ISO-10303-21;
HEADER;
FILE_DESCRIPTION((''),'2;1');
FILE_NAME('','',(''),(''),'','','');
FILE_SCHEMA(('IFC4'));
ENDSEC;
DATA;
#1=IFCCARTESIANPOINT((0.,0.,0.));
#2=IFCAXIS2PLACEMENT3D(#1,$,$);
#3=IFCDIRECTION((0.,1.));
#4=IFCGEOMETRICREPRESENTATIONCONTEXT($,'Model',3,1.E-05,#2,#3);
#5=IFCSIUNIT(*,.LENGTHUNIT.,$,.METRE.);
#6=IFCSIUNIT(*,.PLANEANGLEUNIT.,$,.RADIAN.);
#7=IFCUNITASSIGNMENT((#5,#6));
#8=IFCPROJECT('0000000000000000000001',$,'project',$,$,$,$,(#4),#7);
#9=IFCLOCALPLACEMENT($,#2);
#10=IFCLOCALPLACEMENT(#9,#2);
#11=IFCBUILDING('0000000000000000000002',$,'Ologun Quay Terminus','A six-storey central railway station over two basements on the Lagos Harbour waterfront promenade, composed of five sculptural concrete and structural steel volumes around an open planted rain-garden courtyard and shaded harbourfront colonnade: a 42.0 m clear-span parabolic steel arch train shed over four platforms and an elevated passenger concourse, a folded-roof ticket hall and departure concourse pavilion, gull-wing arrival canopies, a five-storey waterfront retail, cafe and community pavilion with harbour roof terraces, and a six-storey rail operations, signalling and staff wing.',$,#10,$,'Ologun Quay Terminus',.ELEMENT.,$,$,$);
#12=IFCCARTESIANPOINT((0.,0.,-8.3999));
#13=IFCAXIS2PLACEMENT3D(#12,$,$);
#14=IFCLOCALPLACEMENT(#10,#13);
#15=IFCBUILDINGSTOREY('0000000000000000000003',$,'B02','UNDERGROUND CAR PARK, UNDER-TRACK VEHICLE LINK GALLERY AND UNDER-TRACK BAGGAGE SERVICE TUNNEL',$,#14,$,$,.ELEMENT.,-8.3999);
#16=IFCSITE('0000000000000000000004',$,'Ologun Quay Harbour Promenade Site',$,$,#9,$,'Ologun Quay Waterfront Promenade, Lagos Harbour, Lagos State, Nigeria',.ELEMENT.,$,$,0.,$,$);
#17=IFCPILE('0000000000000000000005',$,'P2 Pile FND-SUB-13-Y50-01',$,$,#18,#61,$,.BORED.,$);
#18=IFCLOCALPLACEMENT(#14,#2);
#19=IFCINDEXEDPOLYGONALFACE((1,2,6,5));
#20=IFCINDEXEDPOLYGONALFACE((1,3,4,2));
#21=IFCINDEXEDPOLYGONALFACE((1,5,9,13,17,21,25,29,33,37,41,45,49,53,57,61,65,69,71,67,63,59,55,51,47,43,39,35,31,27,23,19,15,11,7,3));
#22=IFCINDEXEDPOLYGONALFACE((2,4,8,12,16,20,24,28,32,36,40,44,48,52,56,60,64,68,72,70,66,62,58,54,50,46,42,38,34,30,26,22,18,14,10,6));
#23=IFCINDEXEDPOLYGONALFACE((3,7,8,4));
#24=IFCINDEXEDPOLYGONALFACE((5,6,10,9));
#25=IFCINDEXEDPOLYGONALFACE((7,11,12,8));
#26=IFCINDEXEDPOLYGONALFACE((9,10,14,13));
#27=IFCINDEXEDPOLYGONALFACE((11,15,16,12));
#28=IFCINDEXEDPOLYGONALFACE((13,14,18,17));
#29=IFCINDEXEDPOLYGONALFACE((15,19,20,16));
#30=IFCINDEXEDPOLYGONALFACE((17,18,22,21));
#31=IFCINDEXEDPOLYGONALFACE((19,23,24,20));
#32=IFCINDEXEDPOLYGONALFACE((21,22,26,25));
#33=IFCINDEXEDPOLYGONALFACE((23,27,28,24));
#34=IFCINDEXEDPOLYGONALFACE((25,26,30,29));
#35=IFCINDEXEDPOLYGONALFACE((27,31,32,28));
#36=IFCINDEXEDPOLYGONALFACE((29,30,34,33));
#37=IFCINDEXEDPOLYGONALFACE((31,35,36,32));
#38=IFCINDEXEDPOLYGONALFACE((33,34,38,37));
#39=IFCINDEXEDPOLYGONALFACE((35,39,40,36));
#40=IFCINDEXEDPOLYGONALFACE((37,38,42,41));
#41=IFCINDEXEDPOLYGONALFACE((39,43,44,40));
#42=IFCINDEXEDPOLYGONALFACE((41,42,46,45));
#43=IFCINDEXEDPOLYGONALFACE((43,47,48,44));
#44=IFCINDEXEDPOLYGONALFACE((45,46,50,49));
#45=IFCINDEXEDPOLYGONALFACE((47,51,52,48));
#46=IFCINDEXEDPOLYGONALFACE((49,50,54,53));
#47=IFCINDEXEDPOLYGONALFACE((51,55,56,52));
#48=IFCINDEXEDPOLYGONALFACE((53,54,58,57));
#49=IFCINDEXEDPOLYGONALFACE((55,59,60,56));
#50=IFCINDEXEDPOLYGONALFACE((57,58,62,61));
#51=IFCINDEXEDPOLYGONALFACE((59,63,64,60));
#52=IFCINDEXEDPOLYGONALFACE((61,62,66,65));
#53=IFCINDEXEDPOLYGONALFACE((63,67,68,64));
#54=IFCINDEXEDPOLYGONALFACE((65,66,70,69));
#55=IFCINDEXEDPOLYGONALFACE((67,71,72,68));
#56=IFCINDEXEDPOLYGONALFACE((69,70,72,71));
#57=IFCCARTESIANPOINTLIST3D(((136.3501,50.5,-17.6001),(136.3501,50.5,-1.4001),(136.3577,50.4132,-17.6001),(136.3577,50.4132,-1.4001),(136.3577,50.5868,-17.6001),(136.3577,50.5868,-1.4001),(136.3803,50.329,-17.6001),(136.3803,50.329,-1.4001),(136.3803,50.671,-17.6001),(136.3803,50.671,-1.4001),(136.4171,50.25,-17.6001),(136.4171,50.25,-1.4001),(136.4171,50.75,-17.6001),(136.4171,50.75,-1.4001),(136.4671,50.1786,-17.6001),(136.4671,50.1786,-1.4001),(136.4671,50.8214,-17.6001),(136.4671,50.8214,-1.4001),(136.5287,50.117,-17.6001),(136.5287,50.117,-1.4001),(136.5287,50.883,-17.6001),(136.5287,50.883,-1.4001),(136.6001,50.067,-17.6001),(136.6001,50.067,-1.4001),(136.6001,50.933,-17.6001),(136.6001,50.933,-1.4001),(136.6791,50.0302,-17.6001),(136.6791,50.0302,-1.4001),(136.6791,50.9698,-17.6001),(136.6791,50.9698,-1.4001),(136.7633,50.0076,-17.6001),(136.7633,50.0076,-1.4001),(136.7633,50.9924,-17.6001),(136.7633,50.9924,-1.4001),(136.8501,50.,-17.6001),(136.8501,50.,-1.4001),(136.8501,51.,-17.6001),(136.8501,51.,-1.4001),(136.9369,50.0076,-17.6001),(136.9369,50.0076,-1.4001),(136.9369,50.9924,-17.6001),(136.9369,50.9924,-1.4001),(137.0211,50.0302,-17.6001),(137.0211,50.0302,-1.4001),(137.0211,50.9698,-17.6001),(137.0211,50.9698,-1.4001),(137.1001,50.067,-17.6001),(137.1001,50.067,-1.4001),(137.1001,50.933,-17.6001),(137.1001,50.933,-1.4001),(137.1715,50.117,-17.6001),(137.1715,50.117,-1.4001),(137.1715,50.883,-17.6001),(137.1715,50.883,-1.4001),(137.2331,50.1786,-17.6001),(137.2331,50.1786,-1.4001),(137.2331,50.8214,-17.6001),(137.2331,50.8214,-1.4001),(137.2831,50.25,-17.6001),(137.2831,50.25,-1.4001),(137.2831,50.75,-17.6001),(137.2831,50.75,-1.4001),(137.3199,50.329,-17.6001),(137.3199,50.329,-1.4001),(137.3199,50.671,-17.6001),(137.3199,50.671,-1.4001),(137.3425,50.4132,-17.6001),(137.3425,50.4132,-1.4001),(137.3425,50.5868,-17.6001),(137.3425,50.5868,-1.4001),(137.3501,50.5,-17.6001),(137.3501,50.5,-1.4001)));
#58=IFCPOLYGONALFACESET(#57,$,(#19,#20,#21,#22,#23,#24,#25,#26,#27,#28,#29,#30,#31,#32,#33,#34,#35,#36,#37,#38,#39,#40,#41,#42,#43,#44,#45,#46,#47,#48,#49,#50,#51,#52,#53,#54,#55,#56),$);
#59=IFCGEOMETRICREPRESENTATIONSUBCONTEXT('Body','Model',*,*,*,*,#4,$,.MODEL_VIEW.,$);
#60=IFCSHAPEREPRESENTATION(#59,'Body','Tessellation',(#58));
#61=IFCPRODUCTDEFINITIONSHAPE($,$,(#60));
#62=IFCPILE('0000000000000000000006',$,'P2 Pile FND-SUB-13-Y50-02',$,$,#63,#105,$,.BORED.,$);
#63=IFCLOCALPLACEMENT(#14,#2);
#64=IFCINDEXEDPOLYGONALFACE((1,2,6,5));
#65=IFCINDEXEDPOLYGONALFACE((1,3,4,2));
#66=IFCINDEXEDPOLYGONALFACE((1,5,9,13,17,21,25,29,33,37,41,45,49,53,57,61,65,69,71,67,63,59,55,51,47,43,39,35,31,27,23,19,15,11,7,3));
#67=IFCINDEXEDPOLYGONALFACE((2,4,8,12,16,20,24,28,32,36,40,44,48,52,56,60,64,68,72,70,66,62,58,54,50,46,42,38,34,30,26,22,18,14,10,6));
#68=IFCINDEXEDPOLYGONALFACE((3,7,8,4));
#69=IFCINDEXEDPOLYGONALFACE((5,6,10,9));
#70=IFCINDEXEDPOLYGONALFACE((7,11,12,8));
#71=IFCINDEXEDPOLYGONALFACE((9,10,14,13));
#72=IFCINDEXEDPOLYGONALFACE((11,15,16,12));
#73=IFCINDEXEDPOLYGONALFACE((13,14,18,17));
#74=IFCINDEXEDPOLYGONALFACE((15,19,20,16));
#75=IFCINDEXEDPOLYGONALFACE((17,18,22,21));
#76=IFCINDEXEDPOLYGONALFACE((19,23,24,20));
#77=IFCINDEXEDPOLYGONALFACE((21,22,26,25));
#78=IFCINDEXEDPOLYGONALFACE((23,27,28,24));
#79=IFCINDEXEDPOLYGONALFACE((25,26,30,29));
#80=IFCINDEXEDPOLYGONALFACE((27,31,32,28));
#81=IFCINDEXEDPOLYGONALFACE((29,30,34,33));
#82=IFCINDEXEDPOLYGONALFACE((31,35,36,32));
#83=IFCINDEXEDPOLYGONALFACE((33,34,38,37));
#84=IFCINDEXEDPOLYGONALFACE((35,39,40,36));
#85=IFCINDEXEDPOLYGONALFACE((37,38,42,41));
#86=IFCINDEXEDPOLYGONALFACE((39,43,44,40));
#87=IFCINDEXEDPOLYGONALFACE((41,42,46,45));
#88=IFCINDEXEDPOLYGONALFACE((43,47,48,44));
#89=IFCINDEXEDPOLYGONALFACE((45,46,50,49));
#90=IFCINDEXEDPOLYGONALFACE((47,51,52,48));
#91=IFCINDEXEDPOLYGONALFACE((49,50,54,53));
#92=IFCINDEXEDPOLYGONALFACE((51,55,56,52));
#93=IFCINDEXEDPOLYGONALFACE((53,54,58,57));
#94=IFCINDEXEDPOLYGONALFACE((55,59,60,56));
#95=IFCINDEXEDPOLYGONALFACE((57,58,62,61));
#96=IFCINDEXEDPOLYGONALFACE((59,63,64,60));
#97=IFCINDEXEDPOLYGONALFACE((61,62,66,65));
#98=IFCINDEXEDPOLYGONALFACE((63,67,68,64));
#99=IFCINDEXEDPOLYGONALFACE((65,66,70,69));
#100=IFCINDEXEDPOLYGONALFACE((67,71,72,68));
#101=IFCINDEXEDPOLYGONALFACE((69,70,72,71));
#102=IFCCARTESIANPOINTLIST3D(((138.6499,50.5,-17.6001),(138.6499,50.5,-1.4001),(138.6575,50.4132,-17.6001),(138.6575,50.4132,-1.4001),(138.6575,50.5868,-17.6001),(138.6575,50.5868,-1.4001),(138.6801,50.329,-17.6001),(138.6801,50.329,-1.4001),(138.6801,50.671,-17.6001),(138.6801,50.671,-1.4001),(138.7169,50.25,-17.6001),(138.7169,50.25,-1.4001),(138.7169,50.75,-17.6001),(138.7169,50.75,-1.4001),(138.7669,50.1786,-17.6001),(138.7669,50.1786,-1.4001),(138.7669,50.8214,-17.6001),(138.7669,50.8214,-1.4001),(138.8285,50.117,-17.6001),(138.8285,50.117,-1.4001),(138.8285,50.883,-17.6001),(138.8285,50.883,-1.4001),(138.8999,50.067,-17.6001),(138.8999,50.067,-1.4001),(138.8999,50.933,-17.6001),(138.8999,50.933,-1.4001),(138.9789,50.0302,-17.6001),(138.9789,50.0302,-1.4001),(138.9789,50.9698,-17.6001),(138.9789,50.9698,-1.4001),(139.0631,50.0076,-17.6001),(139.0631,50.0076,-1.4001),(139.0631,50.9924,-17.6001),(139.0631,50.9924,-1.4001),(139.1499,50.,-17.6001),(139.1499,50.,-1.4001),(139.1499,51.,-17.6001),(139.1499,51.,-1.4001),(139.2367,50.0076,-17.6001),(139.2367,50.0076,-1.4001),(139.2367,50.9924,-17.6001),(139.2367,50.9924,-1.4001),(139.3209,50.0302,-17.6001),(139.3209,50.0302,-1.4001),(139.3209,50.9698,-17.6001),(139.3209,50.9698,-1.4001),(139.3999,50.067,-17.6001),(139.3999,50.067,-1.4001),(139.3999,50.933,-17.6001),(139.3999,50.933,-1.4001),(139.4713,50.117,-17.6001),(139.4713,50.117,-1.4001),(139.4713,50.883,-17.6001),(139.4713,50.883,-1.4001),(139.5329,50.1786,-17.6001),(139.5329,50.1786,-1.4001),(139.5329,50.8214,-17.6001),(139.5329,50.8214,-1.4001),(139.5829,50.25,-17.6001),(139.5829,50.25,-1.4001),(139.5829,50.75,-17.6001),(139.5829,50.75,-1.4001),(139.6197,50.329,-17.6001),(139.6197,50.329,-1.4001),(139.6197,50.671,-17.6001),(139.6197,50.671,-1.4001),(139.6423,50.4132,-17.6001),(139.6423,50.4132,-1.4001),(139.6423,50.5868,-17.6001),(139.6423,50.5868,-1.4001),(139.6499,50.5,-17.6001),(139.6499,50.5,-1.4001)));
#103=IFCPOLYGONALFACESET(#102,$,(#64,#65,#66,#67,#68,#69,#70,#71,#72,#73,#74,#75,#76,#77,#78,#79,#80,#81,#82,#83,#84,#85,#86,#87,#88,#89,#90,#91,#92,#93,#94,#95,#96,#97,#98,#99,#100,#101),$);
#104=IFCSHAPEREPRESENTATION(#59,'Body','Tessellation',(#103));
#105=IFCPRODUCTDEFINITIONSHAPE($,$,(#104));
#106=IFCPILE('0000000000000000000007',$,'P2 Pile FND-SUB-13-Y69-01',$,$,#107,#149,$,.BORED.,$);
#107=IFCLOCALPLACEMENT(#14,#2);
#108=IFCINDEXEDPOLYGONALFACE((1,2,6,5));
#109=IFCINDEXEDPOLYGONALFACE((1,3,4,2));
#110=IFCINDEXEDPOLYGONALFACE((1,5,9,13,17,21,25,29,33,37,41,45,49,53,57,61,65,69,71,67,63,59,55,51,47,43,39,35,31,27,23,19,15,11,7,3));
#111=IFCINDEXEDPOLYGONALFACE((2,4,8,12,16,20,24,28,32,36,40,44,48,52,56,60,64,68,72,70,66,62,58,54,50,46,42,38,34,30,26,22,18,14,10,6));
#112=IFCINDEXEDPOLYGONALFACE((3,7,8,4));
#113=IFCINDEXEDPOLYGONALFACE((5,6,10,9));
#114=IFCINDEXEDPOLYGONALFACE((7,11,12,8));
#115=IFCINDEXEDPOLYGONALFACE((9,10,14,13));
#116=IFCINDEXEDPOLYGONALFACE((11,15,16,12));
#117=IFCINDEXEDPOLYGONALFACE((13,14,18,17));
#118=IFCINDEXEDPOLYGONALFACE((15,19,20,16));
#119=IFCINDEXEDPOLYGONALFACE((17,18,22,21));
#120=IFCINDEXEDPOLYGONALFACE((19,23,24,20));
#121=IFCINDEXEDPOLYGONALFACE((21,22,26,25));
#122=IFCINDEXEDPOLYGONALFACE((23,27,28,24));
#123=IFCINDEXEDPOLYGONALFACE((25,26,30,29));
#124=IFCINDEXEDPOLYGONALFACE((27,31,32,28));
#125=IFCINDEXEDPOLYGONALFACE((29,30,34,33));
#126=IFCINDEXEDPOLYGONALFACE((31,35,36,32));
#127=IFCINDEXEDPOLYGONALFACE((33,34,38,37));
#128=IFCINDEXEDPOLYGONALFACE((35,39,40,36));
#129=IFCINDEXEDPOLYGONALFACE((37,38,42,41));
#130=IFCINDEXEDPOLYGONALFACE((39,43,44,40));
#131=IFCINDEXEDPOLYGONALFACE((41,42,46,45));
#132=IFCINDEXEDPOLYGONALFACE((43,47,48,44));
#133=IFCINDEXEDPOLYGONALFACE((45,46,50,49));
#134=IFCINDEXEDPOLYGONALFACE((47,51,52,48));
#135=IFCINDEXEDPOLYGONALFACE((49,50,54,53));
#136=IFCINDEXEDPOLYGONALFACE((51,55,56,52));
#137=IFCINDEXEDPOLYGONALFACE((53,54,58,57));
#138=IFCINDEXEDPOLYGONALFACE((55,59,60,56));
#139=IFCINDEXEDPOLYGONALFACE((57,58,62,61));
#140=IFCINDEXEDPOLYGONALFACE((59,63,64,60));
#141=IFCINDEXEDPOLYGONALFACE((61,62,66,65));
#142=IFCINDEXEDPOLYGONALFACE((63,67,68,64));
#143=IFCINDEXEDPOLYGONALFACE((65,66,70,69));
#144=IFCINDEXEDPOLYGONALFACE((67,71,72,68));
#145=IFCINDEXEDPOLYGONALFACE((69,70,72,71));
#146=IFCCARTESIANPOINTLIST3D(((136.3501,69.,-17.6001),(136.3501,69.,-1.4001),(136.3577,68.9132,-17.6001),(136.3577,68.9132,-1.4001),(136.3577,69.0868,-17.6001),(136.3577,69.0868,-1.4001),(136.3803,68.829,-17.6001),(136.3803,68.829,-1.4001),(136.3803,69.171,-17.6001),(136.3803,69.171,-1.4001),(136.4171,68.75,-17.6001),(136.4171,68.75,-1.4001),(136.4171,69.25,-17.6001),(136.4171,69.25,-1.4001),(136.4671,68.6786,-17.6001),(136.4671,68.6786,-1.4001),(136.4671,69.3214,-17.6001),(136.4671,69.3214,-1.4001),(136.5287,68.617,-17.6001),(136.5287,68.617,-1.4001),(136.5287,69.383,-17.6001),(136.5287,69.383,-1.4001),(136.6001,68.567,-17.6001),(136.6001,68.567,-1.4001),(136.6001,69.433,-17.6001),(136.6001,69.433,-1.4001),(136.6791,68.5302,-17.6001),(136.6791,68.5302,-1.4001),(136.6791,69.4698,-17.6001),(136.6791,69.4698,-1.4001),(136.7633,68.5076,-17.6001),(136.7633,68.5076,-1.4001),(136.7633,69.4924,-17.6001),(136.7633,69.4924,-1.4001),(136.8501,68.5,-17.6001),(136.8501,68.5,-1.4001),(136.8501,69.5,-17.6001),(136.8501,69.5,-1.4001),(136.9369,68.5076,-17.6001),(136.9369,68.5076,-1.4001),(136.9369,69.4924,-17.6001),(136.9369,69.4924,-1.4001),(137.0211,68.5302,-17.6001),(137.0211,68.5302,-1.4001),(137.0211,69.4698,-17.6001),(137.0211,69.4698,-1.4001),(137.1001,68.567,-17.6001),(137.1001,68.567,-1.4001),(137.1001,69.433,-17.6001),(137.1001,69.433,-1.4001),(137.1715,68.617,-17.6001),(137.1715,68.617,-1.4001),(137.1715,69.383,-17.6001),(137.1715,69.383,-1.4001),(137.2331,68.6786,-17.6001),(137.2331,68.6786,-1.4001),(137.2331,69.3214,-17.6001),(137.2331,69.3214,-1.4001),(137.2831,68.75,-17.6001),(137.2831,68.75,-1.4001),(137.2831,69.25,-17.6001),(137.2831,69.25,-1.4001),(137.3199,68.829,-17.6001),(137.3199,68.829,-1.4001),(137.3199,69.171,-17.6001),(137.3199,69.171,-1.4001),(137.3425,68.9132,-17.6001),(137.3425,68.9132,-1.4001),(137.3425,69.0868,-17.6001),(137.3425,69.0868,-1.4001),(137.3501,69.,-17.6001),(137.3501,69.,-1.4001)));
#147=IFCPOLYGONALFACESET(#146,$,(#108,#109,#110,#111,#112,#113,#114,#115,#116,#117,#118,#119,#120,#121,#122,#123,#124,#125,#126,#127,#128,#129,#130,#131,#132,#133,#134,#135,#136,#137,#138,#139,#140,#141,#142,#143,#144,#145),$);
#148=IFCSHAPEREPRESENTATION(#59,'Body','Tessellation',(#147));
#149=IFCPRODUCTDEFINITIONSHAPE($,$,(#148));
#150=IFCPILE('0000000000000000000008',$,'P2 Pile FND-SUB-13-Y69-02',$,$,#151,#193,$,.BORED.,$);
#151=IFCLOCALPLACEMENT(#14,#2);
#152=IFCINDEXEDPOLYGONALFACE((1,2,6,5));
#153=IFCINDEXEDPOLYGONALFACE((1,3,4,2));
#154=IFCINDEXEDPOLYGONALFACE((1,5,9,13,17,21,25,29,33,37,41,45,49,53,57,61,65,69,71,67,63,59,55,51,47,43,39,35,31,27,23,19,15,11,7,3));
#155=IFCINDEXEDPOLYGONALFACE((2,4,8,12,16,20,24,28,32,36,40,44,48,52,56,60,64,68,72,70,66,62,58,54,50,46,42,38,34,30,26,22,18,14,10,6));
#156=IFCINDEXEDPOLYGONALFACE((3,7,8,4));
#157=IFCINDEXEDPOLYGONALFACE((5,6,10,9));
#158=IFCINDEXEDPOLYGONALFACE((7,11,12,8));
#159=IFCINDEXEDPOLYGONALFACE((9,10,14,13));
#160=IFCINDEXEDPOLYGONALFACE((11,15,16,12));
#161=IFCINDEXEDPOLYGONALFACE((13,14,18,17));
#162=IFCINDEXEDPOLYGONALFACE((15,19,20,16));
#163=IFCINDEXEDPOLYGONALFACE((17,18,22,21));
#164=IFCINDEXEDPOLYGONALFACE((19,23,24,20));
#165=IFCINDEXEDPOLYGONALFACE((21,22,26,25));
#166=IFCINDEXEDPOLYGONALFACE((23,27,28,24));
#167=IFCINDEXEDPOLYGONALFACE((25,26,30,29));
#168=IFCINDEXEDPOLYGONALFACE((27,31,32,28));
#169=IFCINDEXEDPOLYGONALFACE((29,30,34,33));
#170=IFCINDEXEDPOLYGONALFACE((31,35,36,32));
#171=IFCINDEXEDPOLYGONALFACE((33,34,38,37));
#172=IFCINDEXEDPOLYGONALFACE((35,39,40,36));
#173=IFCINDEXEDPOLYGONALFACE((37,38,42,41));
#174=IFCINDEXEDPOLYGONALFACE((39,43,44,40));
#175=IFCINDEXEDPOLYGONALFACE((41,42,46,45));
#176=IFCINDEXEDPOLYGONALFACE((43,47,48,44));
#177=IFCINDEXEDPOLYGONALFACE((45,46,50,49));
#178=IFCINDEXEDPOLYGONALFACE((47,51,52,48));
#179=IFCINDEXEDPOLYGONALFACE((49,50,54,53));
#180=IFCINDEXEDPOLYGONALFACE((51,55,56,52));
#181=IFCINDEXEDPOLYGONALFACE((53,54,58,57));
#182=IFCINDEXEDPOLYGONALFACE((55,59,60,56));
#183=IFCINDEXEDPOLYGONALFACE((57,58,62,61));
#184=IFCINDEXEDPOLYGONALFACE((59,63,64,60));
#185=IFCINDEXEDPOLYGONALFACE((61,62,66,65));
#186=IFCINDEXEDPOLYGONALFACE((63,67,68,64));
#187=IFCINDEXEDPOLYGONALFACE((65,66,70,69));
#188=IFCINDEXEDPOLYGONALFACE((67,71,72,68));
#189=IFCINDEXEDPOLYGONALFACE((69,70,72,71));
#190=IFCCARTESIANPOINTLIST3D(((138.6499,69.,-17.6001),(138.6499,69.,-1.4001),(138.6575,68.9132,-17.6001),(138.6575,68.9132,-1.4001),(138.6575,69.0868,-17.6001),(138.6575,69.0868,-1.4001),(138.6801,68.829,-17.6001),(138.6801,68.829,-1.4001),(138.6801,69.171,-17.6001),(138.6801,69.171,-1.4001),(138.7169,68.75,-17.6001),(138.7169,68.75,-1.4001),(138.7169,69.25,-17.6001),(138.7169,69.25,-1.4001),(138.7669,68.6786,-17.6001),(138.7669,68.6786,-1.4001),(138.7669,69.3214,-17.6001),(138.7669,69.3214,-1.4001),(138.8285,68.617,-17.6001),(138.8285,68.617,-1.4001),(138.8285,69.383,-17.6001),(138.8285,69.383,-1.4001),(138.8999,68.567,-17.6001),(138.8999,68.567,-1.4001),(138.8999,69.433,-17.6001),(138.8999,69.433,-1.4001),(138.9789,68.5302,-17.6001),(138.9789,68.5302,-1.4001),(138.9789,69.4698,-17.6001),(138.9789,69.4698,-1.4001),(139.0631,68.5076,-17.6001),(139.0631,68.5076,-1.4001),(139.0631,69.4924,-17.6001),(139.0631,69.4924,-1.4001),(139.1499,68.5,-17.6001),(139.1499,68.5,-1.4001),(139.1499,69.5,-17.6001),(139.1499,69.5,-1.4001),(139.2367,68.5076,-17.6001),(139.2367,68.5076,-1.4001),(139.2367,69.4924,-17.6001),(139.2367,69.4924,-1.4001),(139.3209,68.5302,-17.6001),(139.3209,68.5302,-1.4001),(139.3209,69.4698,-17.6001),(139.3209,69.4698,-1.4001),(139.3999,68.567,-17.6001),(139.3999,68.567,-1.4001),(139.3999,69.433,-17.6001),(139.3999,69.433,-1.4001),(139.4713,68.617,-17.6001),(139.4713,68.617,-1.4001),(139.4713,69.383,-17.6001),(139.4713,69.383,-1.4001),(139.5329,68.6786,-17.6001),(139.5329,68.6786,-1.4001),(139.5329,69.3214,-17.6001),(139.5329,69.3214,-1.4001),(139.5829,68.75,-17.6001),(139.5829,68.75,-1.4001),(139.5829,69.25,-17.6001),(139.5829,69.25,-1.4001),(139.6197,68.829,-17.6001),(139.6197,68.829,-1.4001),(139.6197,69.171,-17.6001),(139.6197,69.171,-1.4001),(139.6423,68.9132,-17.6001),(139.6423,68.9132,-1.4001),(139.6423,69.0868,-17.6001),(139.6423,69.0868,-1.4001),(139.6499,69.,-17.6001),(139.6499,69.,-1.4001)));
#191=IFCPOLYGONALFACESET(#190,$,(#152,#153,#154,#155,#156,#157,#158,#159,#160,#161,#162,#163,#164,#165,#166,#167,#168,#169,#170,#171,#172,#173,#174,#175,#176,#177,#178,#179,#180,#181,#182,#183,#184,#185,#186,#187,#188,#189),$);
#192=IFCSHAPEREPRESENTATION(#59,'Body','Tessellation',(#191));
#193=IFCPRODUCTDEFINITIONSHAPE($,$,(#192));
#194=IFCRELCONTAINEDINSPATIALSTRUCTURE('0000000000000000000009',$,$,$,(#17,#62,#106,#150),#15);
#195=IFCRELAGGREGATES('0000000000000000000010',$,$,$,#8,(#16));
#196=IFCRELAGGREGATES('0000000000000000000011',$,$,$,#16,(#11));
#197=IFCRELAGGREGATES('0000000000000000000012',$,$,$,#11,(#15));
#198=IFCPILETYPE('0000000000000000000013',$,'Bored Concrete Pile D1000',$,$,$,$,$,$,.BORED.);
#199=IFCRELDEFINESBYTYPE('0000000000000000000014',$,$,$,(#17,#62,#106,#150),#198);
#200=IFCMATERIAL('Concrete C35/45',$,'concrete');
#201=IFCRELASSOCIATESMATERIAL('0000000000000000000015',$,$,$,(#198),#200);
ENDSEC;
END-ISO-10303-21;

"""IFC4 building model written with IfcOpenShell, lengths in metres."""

from ifc_helpers import new_model, si_unit, direction, frame, origin, origin_2d, place, context, subcontext, project, spatial, circle, extrude, material, material_profile, profile_set, type_object, element, save


model = new_model("IFC4")

# Units and contexts
model_context = context("Model", 3, precision=1e-05, world=origin(), true_north=direction((0.0, 1.0)))
body_context = subcontext(model_context, "Body", "Model", "MODEL_VIEW")
ifc_project = project(units=[si_unit("LENGTHUNIT", "METRE"), si_unit("PLANEANGLEUNIT", "RADIAN")], contexts=[model_context])

# Site, building, storey
site_placement = place(None, origin())
site = spatial("IfcSite", under=ifc_project, at=site_placement, Name="Ologun Quay Harbour Promenade Site", LongName="Ologun Quay Waterfront Promenade, Lagos Harbour, Lagos State, Nigeria", CompositionType="ELEMENT", RefElevation=0.0)
building_placement = place(site_placement, origin())
building = spatial("IfcBuilding", under=site, at=building_placement, Name="Ologun Quay Terminus", Description="A six-storey central railway station over two basements on the Lagos Harbour waterfront promenade, composed of five sculptural concrete and structural steel volumes around an open planted rain-garden courtyard and shaded harbourfront colonnade: a 42.0 m clear-span parabolic steel arch train shed over four platforms and an elevated passenger concourse, a folded-roof ticket hall and departure concourse pavilion, gull-wing arrival canopies, a five-storey waterfront retail, cafe and community pavilion with harbour roof terraces, and a six-storey rail operations, signalling and staff wing.", LongName="Ologun Quay Terminus", CompositionType="ELEMENT")
storey_placement = place(building_placement, frame((0.0, 0.0, -8.3999)))
storey = spatial("IfcBuildingStorey", under=building, at=storey_placement, Name="B02", Description="UNDERGROUND CAR PARK, UNDER-TRACK VEHICLE LINK GALLERY AND UNDER-TRACK BAGGAGE SERVICE TUNNEL", CompositionType="ELEMENT", Elevation=-8.3999)

# Piles
ifc_material_1 = material(Name="Concrete C35/45", Category="concrete")
ifc_material_profile_1 = material_profile(ifc_material_1, circle(Radius=0.5, at=origin_2d()), Name="PILE D1000")
ifc_profile_set_1 = profile_set([ifc_material_profile_1], Name="Concrete C35/45")
pile_type_1 = type_object("IfcPileType", Name="Bored Concrete Pile D1000", PredefinedType="BORED", material=ifc_profile_set_1)
for number, where, z_axis, x_axis, name in (
    (1, (136.8501, 50.5, -1.4001), (0.0, 0.0, -1.0), (1.0, 0.0, 0.0), "P2 Pile FND-SUB-13-Y50-01"),
    (2, (139.1499, 50.5, -1.4001), (0.0, 0.0, -1.0), (1.0, 0.0, 0.0), "P2 Pile FND-SUB-13-Y50-02"),
    (3, (136.8501, 69.0, -1.4001), (0.0, 0.0, -1.0), (1.0, 0.0, 0.0), "P2 Pile FND-SUB-13-Y69-01"),
    (4, (139.1499, 69.0, -1.4001), (0.0, 0.0, -1.0), (1.0, 0.0, 0.0), "P2 Pile FND-SUB-13-Y69-02"),
):
    element("IfcPile", number, at=place(storey_placement, frame(where, z_axis=z_axis, x_axis=x_axis)), inside=storey, type_object=pile_type_1, Name=name, PredefinedType="BORED", context=body_context, shape_type="SweptSolid", body=[
        extrude(circle(Radius=0.5, at=origin_2d()), origin(), (0.0, 0.0, 1.0), 16.2),
    ])

save(model, "model.ifc")
